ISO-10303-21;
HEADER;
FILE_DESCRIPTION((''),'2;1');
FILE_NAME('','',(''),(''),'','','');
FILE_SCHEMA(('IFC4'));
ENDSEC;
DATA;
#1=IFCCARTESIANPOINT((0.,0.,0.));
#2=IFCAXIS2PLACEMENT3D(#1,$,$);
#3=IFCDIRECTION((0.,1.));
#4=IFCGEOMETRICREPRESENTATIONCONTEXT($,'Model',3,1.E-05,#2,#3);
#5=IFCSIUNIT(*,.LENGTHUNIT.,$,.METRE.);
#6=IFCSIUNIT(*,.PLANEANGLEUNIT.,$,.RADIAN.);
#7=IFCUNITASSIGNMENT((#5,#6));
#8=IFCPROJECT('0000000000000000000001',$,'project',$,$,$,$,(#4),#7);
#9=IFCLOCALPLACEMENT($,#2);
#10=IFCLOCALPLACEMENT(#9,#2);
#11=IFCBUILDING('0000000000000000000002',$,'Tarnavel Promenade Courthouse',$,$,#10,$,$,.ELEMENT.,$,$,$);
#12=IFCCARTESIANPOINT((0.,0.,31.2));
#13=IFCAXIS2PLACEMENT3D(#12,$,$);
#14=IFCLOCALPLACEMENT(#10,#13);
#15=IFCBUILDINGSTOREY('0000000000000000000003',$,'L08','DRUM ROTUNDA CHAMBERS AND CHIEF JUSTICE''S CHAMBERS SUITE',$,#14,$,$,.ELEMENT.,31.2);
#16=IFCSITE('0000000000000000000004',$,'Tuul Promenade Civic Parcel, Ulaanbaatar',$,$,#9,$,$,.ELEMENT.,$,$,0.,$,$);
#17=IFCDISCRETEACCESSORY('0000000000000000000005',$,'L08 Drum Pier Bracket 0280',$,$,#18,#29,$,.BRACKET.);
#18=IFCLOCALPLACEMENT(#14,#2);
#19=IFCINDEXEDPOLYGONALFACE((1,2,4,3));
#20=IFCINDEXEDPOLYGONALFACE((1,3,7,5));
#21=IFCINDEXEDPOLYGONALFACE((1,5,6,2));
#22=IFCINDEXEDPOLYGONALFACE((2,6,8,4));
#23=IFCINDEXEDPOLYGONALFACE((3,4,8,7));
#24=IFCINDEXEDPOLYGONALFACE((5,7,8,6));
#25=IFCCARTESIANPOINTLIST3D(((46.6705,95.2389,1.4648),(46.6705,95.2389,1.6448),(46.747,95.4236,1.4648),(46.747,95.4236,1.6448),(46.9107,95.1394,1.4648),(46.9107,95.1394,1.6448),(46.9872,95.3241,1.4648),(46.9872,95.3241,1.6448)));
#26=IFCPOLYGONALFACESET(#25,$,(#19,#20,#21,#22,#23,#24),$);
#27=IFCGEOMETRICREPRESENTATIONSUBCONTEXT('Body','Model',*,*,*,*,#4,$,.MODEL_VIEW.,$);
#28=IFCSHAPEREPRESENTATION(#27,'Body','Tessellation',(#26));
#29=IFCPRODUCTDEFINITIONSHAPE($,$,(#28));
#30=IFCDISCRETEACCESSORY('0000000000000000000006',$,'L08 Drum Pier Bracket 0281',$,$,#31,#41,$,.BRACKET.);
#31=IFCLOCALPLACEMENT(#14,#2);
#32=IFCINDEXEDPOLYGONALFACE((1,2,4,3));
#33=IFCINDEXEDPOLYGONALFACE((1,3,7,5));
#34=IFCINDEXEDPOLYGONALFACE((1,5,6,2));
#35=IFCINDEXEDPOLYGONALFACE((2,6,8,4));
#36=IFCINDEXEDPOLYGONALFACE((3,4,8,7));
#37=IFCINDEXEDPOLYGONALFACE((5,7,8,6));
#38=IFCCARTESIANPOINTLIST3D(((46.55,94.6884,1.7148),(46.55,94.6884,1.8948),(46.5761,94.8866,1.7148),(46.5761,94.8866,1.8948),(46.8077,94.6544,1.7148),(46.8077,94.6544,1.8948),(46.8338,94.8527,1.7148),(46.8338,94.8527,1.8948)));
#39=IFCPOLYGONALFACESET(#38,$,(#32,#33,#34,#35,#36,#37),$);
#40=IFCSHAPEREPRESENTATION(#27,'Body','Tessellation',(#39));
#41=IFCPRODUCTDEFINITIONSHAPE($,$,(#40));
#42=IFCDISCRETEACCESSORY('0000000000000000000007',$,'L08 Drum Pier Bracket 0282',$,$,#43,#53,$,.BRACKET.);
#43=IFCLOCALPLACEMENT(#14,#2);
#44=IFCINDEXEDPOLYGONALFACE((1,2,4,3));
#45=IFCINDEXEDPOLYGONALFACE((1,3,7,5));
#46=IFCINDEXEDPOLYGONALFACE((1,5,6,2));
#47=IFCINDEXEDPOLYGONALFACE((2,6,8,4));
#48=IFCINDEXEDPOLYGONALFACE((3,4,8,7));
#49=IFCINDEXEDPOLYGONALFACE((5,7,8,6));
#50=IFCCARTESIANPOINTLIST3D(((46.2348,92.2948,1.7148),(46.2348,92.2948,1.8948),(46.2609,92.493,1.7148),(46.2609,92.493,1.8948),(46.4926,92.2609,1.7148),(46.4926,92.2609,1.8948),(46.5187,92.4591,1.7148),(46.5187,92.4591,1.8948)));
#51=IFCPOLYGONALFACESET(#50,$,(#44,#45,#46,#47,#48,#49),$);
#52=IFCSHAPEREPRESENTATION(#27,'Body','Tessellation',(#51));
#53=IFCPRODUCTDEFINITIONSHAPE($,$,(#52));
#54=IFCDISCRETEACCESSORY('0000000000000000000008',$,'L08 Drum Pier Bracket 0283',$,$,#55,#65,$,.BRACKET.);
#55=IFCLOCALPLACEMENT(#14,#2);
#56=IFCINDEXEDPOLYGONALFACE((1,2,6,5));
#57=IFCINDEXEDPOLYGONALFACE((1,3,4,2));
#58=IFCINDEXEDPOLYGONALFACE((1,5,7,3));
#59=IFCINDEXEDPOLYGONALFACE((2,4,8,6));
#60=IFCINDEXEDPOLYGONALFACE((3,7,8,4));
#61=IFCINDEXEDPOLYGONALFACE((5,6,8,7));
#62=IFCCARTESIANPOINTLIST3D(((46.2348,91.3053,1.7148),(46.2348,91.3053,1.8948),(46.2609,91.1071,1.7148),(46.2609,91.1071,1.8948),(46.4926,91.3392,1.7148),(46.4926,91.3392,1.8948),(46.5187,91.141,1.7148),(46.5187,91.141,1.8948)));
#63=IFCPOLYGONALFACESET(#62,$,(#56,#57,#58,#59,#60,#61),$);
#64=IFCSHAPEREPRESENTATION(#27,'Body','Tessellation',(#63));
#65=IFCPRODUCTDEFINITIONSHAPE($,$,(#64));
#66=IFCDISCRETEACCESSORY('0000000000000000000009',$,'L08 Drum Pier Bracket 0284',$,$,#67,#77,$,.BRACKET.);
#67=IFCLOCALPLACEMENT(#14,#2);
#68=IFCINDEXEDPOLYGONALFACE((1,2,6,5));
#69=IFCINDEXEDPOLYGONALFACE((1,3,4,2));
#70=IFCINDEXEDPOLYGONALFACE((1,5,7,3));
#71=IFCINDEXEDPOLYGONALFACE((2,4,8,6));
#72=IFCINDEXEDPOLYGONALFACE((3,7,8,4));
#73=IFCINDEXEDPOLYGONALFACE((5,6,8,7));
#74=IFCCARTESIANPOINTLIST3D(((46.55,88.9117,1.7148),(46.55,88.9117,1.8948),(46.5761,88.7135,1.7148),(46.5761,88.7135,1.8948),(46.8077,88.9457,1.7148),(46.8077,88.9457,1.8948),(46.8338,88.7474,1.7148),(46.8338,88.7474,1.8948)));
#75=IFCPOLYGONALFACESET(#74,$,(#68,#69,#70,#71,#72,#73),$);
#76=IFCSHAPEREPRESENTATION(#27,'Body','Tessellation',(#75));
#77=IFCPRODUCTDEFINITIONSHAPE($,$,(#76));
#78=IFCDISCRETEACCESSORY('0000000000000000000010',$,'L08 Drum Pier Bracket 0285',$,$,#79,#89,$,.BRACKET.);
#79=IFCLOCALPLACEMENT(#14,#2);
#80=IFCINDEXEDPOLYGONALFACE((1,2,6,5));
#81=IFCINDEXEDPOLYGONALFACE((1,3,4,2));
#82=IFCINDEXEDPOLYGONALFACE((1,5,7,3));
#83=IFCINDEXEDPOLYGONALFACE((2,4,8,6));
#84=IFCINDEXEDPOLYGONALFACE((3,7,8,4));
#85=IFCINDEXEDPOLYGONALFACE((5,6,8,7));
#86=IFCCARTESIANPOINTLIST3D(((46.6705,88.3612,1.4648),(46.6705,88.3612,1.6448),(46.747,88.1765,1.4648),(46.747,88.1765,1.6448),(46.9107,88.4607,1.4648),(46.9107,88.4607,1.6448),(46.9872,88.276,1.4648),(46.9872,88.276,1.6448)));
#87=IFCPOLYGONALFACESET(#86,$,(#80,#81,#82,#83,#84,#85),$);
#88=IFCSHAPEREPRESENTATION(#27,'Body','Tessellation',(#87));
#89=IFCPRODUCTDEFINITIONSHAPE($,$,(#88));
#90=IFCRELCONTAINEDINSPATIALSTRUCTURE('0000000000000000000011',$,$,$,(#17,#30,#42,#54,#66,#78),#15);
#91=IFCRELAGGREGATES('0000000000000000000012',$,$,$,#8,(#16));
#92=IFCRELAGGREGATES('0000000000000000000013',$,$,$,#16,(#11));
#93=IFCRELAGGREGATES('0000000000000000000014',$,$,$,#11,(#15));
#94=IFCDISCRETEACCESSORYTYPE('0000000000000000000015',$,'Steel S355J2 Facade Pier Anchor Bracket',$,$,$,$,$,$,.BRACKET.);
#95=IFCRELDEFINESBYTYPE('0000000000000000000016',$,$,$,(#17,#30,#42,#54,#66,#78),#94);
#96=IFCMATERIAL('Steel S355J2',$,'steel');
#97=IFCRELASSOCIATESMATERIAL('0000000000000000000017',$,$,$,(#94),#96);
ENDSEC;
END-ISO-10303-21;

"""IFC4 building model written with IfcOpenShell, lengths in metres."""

from ifc_helpers import new_model, si_unit, direction, frame, origin, origin_2d, place, context, subcontext, project, spatial, rectangle, extrude, material, type_object, element, save


model = new_model("IFC4")

# Units and contexts
model_context = context("Model", 3, precision=1e-05, world=origin(), true_north=direction((0.0, 1.0)))
body_context = subcontext(model_context, "Body", "Model", "MODEL_VIEW")
ifc_project = project(units=[si_unit("LENGTHUNIT", "METRE"), si_unit("PLANEANGLEUNIT", "RADIAN")], contexts=[model_context])

# Site, building, storey
site_placement = place(None, origin())
site = spatial("IfcSite", under=ifc_project, at=site_placement, Name="Tuul Promenade Civic Parcel, Ulaanbaatar", CompositionType="ELEMENT", RefElevation=0.0)
building_placement = place(site_placement, origin())
building = spatial("IfcBuilding", under=site, at=building_placement, Name="Tarnavel Promenade Courthouse", CompositionType="ELEMENT")
storey_placement = place(building_placement, frame((0.0, 0.0, 31.2)))
storey = spatial("IfcBuildingStorey", under=building, at=storey_placement, Name="L08", Description="DRUM ROTUNDA CHAMBERS AND CHIEF JUSTICE'S CHAMBERS SUITE", CompositionType="ELEMENT", Elevation=31.2)

# Shared definitions
ifc_material_1 = material(Name="Steel S355J2", Category="steel")

# Discrete accessories
discrete_accessory_type = type_object("IfcDiscreteAccessoryType", Name="Steel S355J2 Facade Pier Anchor Bracket", PredefinedType="BRACKET", material=ifc_material_1)
for number, where, z_axis, x_axis, name in (
    (1, (46.8289, 95.2815, 1.4648), (0.0, 0.0, 1.0), (-0.382683, -0.92388, 0.0), "L08 Drum Pier Bracket 0280"),
    (2, (46.6919, 94.7705, 1.7148), (0.0, 0.0, 1.0), (-0.130526, -0.991445, 0.0), "L08 Drum Pier Bracket 0281"),
    (3, (46.3767, 92.377, 1.7148), (0.0, 0.0, 1.0), (-0.130526, -0.991445, 0.0), "L08 Drum Pier Bracket 0282"),
    (4, (46.3767, 91.2231, 1.7148), (0.0, 0.0, 1.0), (0.130526, -0.991445, 0.0), "L08 Drum Pier Bracket 0283"),
    (5, (46.6919, 88.8296, 1.7148), (0.0, 0.0, 1.0), (0.130526, -0.991445, 0.0), "L08 Drum Pier Bracket 0284"),
    (6, (46.8289, 88.3186, 1.4648), (0.0, 0.0, 1.0), (0.382683, -0.92388, 0.0), "L08 Drum Pier Bracket 0285"),
):
    element("IfcDiscreteAccessory", number, at=place(storey_placement, frame(where, z_axis=z_axis, x_axis=x_axis)), inside=storey, type_object=discrete_accessory_type, Name=name, PredefinedType="BRACKET", context=body_context, shape_type="SweptSolid", body=[
        extrude(rectangle(XDim=0.2, YDim=0.26, at=origin_2d()), origin(), (0.0, 0.0, 1.0), 0.1799),
    ])

save(model, "model.ifc")
